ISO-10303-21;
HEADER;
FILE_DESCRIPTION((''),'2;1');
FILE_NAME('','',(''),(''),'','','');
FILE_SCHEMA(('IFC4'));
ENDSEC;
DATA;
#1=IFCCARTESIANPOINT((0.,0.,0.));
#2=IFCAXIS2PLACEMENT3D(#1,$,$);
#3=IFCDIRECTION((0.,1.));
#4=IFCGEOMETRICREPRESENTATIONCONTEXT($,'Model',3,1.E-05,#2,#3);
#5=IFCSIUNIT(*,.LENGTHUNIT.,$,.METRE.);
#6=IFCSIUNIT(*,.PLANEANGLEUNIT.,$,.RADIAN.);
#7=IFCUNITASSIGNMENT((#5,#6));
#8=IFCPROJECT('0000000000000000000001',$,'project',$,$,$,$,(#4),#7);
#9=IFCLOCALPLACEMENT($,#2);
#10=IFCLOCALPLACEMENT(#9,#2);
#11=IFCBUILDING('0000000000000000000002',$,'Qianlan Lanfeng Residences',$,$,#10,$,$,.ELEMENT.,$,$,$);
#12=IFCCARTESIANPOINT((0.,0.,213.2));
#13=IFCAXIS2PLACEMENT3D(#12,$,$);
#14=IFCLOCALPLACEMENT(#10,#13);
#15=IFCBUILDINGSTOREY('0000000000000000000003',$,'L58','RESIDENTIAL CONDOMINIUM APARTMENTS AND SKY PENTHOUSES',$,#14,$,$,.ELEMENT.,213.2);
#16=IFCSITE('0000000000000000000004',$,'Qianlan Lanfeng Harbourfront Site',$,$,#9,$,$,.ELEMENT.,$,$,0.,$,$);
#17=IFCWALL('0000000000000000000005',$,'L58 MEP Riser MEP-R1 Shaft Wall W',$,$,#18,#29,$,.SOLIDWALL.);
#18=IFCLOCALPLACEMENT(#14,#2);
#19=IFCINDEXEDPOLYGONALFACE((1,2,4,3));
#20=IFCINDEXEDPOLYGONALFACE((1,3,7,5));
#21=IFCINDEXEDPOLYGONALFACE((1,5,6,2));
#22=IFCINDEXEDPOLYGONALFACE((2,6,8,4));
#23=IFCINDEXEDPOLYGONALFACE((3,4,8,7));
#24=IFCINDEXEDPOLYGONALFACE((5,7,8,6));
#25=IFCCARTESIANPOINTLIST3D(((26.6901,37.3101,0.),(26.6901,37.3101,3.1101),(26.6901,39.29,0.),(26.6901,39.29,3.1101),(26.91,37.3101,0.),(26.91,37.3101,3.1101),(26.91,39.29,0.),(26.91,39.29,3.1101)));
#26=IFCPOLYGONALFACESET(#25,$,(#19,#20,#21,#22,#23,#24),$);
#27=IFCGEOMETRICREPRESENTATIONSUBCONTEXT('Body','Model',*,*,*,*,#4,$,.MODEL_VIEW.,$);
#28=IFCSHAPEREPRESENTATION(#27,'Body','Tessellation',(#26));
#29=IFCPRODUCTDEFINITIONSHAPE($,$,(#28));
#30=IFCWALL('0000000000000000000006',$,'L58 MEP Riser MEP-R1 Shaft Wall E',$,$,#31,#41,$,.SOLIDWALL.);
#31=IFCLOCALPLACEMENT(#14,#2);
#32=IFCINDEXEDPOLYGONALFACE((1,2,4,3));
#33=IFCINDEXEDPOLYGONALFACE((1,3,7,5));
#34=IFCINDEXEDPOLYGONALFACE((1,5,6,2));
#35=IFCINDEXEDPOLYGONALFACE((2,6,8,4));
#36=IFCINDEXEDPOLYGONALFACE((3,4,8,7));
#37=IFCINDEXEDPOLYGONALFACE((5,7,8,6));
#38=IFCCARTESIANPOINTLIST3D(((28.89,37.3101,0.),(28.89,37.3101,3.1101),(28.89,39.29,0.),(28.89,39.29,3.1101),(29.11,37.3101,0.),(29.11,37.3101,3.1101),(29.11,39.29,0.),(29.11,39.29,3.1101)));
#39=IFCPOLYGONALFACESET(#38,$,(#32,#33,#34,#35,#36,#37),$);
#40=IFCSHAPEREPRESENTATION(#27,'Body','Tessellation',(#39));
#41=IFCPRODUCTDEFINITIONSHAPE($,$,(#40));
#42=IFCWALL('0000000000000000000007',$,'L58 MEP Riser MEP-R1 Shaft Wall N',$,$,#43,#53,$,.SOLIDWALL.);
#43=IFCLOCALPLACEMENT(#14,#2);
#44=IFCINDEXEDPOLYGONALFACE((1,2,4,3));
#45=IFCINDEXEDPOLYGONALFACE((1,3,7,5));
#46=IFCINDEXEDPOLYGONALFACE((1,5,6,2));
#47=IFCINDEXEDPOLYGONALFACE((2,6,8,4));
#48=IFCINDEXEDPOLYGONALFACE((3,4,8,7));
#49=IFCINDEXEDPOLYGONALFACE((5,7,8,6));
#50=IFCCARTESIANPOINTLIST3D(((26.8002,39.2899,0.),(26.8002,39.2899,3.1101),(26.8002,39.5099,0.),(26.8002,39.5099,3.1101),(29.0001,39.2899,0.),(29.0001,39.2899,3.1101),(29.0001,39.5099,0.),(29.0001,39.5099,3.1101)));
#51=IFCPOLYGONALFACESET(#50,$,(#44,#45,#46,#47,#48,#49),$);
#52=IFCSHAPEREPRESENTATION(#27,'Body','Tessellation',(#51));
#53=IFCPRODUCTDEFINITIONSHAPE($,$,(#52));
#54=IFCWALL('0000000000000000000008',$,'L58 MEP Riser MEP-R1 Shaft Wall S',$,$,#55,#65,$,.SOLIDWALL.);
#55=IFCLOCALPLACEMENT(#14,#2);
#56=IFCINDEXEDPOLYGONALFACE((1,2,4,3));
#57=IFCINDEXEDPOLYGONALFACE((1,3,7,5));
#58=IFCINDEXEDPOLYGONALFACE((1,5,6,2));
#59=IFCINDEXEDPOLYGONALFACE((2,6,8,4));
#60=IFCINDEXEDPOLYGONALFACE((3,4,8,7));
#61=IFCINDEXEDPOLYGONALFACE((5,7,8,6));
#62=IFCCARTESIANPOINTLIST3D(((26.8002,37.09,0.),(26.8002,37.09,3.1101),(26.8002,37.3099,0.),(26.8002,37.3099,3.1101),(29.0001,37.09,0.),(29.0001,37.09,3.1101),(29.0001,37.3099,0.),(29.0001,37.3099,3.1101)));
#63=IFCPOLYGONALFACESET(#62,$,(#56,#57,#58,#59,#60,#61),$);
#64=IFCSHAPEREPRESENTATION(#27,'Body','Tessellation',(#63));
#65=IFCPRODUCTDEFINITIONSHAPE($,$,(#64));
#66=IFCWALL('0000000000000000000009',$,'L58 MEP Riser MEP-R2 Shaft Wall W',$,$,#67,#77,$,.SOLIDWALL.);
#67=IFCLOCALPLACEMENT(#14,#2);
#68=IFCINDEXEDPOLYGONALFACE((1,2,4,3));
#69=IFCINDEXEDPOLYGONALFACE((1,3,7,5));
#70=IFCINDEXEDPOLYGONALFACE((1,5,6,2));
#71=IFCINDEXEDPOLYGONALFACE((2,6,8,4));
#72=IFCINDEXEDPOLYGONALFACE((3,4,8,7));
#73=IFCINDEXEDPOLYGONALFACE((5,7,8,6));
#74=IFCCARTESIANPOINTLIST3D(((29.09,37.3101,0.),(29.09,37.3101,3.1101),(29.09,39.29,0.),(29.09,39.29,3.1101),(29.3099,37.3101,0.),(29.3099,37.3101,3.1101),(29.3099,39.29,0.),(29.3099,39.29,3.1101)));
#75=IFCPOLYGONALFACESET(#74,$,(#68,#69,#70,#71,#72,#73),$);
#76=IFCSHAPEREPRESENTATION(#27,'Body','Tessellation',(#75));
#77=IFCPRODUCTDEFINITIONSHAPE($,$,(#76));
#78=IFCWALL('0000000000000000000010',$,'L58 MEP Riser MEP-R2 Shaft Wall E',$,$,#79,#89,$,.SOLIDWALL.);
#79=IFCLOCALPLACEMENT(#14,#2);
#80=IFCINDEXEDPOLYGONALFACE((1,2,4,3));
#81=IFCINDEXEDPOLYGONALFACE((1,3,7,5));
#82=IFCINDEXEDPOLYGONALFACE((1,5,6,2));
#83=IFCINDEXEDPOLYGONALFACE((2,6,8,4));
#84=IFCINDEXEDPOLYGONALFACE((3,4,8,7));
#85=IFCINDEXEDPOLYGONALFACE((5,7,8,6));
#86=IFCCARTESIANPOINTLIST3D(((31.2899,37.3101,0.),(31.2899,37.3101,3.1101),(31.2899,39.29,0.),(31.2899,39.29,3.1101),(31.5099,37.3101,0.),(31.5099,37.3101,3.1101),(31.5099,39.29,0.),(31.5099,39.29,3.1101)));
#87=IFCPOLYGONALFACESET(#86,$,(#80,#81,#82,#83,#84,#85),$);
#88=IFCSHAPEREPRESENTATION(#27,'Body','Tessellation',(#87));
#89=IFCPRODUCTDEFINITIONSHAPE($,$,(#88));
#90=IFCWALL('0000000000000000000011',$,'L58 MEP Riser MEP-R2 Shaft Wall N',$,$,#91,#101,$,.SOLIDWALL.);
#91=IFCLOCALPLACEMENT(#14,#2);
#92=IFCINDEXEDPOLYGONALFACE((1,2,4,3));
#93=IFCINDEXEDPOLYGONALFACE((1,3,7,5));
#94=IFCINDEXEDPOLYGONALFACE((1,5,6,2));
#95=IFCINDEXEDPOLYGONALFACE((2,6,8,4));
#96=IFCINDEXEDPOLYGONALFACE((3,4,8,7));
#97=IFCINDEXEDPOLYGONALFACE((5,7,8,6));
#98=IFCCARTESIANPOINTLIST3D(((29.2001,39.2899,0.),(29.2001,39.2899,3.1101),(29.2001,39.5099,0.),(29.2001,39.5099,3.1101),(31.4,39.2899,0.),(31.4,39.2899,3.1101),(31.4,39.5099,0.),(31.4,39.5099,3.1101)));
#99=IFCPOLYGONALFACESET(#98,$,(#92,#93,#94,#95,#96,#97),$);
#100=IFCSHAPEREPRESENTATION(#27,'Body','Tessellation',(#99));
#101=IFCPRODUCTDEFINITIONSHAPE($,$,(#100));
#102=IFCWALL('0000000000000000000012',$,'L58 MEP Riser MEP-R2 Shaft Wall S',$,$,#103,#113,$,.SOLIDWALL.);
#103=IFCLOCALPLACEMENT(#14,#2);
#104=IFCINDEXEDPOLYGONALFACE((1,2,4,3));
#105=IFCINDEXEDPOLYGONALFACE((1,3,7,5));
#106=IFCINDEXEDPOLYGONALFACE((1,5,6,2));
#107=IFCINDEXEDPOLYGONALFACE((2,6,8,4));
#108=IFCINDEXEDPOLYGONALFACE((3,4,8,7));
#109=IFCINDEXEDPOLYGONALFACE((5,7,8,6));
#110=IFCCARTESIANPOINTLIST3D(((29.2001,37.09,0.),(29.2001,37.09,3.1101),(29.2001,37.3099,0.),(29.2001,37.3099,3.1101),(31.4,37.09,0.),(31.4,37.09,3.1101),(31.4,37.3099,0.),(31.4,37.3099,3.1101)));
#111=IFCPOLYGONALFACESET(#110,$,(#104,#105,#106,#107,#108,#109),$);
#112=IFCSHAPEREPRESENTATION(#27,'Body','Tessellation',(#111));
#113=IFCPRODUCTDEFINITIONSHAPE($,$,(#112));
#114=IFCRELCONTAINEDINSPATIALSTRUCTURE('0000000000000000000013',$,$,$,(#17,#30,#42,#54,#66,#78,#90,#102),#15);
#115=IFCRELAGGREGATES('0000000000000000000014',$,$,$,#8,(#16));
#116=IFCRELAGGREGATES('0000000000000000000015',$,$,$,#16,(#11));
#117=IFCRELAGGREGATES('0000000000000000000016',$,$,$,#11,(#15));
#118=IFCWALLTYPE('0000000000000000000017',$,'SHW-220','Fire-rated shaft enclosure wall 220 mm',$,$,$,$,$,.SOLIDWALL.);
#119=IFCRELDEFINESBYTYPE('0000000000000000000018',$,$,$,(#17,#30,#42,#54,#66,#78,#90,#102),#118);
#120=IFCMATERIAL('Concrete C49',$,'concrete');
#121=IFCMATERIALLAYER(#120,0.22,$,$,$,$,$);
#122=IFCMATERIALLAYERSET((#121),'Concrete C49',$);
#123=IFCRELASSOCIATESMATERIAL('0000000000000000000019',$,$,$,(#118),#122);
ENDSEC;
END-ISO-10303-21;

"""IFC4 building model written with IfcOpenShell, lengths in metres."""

from ifc_helpers import new_model, si_unit, direction, frame, frame_2d, origin, place, context, subcontext, project, spatial, rectangle, extrude, material, layer, layer_set, type_object, element, save


model = new_model("IFC4")

# Units and contexts
model_context = context("Model", 3, precision=1e-05, world=origin(), true_north=direction((0.0, 1.0)))
body_context = subcontext(model_context, "Body", "Model", "MODEL_VIEW")
ifc_project = project(units=[si_unit("LENGTHUNIT", "METRE"), si_unit("PLANEANGLEUNIT", "RADIAN")], contexts=[model_context])

# Site, building, storey
site_placement = place(None, origin())
site = spatial("IfcSite", under=ifc_project, at=site_placement, Name="Qianlan Lanfeng Harbourfront Site", CompositionType="ELEMENT", RefElevation=0.0)
building_placement = place(site_placement, origin())
building = spatial("IfcBuilding", under=site, at=building_placement, Name="Qianlan Lanfeng Residences", CompositionType="ELEMENT")
storey_placement = place(building_placement, frame((0.0, 0.0, 213.2)))
storey = spatial("IfcBuildingStorey", under=building, at=storey_placement, Name="L58", Description="RESIDENTIAL CONDOMINIUM APARTMENTS AND SKY PENTHOUSES", CompositionType="ELEMENT", Elevation=213.2)

# Walls
ifc_material_1 = material(Name="Concrete C49", Category="concrete")
ifc_layer_1 = layer(ifc_material_1, 0.22)
ifc_layer_set_1 = layer_set([ifc_layer_1], Name="Concrete C49")
wall_type_1 = type_object("IfcWallType", Name="SHW-220", Description="Fire-rated shaft enclosure wall 220 mm", PredefinedType="SOLIDWALL", material=ifc_layer_set_1)
for number, where, z_axis, x_axis, name in (
    (1, (26.8, 37.3101, 0.0), (0.0, 0.0, 1.0), (0.0, 1.0, 0.0), "L58 MEP Riser MEP-R1 Shaft Wall W"),
    (2, (29.0, 37.3101, 0.0), (0.0, 0.0, 1.0), (0.0, 1.0, 0.0), "L58 MEP Riser MEP-R1 Shaft Wall E"),
):
    element("IfcWall", number, at=place(storey_placement, frame(where, z_axis=z_axis, x_axis=x_axis)), inside=storey, type_object=wall_type_1, Name=name, PredefinedType="SOLIDWALL", context=body_context, shape_type="SweptSolid", body=[
        extrude(rectangle(XDim=1.98, YDim=0.22, at=frame_2d((0.99, 0.0))), origin(), (0.0, 0.0, 1.0), 3.1101),
    ])
for number, where, z_axis, x_axis, name in (
    (3, (26.8, 39.3999, 0.0), (0.0, 0.0, 1.0), (1.0, 0.0, 0.0), "L58 MEP Riser MEP-R1 Shaft Wall N"),
    (4, (26.8, 37.2, 0.0), (0.0, 0.0, 1.0), (1.0, 0.0, 0.0), "L58 MEP Riser MEP-R1 Shaft Wall S"),
):
    element("IfcWall", number, at=place(storey_placement, frame(where, z_axis=z_axis, x_axis=x_axis)), inside=storey, type_object=wall_type_1, Name=name, PredefinedType="SOLIDWALL", context=body_context, shape_type="SweptSolid", body=[
        extrude(rectangle(XDim=2.2, YDim=0.22, at=frame_2d((1.1001, 0.0))), origin(), (0.0, 0.0, 1.0), 3.1101),
    ])
for number, where, z_axis, x_axis, name in (
    (5, (29.2, 37.3101, 0.0), (0.0, 0.0, 1.0), (0.0, 1.0, 0.0), "L58 MEP Riser MEP-R2 Shaft Wall W"),
    (6, (31.3999, 37.3101, 0.0), (0.0, 0.0, 1.0), (0.0, 1.0, 0.0), "L58 MEP Riser MEP-R2 Shaft Wall E"),
):
    element("IfcWall", number, at=place(storey_placement, frame(where, z_axis=z_axis, x_axis=x_axis)), inside=storey, type_object=wall_type_1, Name=name, PredefinedType="SOLIDWALL", context=body_context, shape_type="SweptSolid", body=[
        extrude(rectangle(XDim=1.98, YDim=0.22, at=frame_2d((0.99, 0.0))), origin(), (0.0, 0.0, 1.0), 3.1101),
    ])
for number, where, z_axis, x_axis, name in (
    (7, (29.2, 39.3999, 0.0), (0.0, 0.0, 1.0), (1.0, 0.0, 0.0), "L58 MEP Riser MEP-R2 Shaft Wall N"),
    (8, (29.2, 37.2, 0.0), (0.0, 0.0, 1.0), (1.0, 0.0, 0.0), "L58 MEP Riser MEP-R2 Shaft Wall S"),
):
    element("IfcWall", number, at=place(storey_placement, frame(where, z_axis=z_axis, x_axis=x_axis)), inside=storey, type_object=wall_type_1, Name=name, PredefinedType="SOLIDWALL", context=body_context, shape_type="SweptSolid", body=[
        extrude(rectangle(XDim=2.2, YDim=0.22, at=frame_2d((1.1001, 0.0))), origin(), (0.0, 0.0, 1.0), 3.1101),
    ])

save(model, "model.ifc")
